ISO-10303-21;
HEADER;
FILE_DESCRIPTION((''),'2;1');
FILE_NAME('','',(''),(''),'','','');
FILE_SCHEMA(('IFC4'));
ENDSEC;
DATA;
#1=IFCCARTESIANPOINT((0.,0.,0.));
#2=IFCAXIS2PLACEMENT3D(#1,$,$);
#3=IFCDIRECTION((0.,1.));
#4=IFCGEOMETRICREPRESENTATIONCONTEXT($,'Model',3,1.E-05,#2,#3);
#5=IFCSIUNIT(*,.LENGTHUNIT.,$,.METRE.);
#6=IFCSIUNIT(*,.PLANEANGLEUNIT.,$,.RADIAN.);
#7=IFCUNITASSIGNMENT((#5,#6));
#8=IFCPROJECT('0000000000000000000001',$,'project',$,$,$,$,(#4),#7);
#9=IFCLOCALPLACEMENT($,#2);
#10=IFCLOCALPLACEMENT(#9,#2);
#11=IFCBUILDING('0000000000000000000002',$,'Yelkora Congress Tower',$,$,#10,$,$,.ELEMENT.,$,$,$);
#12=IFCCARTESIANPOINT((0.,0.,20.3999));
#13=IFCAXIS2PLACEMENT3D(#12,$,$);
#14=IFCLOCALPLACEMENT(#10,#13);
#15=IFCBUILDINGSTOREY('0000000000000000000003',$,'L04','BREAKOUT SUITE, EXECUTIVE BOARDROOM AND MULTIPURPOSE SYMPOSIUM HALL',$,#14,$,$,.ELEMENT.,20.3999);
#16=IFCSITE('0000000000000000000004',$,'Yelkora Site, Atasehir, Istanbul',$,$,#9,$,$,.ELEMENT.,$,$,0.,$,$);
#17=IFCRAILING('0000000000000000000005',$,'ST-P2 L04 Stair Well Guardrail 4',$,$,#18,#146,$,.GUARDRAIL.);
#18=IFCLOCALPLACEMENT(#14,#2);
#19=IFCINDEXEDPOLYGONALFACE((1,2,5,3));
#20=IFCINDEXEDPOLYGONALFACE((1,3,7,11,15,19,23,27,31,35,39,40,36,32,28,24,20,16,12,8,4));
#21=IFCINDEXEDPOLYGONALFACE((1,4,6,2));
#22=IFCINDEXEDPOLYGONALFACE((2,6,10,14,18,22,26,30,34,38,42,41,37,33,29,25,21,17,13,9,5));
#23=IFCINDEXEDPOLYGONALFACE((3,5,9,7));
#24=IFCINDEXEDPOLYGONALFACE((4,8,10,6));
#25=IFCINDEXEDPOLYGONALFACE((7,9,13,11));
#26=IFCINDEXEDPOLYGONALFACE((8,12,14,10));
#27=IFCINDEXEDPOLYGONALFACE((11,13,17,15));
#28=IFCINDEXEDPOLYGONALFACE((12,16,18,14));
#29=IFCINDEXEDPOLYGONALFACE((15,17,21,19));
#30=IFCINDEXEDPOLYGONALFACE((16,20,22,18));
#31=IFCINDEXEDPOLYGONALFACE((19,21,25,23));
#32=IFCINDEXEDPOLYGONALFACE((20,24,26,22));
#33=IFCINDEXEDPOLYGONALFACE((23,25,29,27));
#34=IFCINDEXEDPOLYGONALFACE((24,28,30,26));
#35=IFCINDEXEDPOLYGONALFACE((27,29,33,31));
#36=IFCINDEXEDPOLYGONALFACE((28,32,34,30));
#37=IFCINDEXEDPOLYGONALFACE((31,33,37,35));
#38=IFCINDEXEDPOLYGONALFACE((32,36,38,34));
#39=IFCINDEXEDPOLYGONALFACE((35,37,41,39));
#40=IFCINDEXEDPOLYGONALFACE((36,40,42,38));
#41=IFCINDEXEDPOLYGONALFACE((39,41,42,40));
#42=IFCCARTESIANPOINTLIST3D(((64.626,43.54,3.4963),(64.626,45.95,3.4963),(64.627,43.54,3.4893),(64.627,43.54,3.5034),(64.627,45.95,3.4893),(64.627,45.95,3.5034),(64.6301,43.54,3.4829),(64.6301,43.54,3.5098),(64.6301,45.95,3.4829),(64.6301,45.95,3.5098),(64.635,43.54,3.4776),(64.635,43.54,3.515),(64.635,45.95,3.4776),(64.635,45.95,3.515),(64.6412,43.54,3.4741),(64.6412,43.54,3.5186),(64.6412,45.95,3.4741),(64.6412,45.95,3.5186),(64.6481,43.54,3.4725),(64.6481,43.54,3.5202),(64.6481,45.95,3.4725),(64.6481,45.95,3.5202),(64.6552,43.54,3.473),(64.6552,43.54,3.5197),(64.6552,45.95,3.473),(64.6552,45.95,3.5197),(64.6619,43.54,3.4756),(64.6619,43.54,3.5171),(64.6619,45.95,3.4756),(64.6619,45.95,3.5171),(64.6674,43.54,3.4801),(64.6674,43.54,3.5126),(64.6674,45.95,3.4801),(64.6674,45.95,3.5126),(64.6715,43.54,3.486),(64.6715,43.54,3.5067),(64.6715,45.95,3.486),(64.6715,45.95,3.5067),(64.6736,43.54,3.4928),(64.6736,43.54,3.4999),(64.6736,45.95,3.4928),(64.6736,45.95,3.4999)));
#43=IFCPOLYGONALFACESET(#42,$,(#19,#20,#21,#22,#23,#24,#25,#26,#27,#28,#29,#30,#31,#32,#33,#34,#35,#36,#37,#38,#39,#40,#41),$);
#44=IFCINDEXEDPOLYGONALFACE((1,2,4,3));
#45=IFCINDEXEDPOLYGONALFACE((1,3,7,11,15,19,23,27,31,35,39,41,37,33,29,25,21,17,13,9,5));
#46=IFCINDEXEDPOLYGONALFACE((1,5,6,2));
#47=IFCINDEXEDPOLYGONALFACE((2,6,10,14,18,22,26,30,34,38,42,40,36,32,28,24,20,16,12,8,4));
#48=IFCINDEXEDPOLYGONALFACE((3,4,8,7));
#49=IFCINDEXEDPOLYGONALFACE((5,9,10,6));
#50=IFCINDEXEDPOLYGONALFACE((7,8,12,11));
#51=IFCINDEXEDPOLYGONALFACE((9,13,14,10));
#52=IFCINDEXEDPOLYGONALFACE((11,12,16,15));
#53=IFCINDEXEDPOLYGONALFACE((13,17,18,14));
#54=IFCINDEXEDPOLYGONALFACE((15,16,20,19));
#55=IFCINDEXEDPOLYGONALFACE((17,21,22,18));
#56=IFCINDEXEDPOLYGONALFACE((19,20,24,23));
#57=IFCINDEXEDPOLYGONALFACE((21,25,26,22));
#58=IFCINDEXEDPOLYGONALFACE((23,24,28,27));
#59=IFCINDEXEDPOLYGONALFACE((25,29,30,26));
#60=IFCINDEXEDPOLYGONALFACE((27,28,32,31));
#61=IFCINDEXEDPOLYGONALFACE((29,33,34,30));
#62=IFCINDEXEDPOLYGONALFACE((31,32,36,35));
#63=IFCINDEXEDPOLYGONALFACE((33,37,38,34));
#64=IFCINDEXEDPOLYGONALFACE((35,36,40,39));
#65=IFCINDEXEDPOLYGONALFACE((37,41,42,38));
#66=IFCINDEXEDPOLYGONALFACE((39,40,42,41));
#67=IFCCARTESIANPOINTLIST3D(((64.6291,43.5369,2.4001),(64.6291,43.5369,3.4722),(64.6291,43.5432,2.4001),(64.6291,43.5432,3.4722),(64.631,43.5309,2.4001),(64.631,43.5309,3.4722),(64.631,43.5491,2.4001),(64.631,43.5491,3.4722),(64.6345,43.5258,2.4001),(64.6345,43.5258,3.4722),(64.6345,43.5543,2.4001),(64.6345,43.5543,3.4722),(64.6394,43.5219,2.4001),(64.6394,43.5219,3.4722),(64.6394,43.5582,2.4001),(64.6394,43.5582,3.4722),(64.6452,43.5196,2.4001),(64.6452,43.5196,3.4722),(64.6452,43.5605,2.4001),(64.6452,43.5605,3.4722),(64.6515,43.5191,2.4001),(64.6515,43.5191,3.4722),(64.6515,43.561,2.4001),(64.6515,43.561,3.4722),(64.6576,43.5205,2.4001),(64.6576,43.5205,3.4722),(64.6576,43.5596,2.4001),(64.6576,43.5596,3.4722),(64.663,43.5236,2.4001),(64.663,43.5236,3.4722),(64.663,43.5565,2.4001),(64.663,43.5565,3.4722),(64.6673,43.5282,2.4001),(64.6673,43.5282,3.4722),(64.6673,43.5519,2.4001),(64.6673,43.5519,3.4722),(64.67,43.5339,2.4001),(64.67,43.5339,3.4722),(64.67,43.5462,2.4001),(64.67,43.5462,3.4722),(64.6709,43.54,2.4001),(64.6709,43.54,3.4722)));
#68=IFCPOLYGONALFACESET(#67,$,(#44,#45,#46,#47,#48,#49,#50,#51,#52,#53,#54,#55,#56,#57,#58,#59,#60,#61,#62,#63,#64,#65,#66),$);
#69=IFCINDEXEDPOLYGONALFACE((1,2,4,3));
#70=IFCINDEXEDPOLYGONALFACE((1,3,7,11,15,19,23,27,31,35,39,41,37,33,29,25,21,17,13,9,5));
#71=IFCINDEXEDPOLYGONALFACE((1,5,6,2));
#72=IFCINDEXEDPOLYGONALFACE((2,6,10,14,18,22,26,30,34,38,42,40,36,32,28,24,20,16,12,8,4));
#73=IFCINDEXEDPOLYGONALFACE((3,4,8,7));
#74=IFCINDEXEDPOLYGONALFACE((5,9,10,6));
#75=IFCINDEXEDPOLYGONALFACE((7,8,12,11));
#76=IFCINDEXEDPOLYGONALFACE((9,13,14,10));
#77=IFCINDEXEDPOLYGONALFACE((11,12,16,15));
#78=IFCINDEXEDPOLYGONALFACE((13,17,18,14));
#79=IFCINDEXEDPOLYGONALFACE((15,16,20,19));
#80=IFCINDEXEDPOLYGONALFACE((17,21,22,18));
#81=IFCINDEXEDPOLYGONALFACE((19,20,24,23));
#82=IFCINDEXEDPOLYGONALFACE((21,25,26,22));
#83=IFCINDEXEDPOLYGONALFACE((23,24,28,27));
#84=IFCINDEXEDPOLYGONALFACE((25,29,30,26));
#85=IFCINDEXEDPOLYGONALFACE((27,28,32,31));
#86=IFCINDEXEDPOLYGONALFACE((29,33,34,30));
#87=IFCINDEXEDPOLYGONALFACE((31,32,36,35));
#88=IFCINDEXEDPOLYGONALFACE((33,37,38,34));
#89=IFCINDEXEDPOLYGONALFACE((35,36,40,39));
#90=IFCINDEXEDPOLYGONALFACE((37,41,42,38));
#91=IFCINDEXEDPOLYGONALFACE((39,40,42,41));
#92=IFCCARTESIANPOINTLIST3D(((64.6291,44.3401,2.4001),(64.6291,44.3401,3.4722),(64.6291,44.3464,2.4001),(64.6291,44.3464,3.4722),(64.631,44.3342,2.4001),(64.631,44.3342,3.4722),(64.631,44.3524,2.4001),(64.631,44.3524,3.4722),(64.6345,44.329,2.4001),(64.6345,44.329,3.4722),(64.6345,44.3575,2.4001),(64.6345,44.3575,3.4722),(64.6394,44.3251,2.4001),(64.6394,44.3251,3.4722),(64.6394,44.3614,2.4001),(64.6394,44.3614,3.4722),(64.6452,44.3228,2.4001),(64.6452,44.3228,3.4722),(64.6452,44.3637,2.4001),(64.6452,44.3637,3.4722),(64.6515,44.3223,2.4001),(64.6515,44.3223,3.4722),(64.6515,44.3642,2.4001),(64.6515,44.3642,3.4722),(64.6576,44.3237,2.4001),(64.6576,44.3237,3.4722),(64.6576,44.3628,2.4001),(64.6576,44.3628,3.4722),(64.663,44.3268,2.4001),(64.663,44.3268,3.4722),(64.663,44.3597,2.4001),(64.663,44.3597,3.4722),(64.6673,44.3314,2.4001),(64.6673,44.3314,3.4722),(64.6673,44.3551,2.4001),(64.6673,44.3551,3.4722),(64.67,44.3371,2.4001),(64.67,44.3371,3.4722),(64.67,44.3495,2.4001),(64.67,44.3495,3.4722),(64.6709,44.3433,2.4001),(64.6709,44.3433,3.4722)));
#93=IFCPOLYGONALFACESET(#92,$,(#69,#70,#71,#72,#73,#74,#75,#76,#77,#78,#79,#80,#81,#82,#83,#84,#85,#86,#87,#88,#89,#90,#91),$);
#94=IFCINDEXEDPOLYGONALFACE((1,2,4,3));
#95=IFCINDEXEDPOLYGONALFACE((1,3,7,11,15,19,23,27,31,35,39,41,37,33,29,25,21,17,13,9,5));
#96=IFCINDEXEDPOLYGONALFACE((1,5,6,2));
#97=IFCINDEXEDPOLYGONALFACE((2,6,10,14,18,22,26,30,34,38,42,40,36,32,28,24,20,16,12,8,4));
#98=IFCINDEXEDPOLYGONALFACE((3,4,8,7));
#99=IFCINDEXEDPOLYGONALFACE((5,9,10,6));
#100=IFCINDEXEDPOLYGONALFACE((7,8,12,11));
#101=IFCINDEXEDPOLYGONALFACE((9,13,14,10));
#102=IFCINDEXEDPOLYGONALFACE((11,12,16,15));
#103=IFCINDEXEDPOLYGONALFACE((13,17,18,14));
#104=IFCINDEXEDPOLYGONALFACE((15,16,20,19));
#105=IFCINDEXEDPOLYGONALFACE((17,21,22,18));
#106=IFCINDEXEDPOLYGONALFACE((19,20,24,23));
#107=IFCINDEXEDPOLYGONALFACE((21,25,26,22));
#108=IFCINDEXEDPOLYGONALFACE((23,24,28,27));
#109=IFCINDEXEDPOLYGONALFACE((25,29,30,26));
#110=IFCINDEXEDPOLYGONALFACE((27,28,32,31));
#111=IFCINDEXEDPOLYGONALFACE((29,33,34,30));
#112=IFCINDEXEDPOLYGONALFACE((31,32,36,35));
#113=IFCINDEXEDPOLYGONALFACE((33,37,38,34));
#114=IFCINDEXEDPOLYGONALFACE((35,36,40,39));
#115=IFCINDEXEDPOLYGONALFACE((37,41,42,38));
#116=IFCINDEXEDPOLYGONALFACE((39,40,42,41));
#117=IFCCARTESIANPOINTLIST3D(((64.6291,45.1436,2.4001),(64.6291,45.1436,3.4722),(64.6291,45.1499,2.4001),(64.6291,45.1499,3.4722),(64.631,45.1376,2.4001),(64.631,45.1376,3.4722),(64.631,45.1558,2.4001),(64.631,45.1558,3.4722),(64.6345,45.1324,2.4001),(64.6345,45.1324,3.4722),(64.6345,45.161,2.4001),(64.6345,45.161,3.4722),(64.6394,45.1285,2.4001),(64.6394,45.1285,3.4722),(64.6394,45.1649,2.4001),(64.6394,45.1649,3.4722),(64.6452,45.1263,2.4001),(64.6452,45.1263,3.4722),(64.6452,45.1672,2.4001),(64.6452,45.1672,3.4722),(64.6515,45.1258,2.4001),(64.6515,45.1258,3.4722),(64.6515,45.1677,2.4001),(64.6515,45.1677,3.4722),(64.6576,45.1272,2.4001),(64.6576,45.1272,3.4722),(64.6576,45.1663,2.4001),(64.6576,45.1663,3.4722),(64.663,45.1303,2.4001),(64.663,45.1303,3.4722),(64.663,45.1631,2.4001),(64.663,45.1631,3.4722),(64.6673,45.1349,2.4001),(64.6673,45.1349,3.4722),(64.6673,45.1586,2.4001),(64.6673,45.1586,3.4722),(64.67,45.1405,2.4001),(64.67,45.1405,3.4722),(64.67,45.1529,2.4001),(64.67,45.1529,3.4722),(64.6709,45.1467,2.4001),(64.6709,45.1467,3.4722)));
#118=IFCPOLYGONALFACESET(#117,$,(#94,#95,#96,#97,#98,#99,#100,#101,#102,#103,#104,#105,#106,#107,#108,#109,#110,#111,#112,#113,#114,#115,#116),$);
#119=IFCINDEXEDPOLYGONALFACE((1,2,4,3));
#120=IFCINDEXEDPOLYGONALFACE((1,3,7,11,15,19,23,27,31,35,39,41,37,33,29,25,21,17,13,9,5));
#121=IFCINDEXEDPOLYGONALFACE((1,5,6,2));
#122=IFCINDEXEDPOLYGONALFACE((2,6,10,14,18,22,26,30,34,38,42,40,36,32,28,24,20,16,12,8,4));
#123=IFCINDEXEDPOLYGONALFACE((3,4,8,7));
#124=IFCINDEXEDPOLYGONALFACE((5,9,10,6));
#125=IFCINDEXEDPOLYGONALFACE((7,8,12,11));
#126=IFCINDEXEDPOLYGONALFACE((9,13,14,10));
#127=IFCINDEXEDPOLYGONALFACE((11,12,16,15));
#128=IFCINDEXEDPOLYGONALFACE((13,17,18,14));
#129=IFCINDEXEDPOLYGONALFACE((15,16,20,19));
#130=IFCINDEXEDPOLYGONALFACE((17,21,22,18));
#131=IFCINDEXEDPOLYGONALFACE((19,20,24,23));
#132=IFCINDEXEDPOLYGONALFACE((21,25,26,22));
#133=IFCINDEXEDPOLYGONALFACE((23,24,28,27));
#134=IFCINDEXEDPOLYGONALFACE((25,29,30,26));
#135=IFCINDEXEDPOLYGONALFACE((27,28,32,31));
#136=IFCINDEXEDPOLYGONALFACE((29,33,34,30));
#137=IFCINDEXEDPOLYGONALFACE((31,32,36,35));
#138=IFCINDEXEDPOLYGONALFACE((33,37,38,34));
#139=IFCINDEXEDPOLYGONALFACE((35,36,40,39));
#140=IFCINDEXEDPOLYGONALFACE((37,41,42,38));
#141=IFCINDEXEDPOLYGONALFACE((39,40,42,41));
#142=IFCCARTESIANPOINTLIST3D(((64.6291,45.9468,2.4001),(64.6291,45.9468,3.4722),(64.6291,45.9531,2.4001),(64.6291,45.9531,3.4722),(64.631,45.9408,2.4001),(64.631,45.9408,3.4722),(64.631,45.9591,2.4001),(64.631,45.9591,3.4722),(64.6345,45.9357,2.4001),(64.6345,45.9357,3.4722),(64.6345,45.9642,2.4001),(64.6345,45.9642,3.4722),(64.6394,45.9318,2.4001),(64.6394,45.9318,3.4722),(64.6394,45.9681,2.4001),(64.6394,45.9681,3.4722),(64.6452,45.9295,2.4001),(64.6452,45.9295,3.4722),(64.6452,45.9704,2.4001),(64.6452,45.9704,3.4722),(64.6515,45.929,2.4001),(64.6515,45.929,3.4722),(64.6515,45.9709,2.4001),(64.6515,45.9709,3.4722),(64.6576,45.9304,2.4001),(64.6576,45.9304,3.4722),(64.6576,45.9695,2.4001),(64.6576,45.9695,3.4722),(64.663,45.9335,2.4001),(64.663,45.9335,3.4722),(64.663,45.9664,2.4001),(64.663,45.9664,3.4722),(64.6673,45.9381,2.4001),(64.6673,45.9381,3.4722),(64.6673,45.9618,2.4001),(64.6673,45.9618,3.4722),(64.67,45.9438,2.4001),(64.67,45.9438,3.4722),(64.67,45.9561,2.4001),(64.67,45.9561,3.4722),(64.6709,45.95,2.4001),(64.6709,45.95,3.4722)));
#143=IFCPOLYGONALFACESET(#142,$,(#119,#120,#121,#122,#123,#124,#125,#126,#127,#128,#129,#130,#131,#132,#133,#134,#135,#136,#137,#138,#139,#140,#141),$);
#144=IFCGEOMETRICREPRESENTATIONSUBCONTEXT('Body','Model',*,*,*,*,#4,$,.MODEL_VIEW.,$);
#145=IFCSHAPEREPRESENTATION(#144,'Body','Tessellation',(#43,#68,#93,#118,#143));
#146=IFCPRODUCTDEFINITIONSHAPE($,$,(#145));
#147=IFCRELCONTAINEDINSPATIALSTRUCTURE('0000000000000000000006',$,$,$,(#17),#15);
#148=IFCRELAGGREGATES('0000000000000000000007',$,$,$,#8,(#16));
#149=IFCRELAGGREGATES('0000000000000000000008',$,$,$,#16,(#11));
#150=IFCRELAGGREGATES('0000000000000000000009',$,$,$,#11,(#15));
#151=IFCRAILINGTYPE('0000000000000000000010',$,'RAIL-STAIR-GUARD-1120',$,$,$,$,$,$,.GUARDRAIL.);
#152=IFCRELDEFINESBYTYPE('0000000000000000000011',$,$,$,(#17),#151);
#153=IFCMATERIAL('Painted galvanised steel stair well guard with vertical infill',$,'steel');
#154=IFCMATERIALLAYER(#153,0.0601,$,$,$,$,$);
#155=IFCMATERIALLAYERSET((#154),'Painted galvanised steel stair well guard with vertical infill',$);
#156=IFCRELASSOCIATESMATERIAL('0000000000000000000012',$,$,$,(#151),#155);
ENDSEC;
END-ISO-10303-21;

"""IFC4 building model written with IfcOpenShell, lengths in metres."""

from ifc_helpers import new_model, si_unit, direction, frame, origin, origin_2d, place, context, subcontext, project, spatial, circle, extrude, material, layer, layer_set, type_object, element, save


model = new_model("IFC4")

# Units and contexts
model_context = context("Model", 3, precision=1e-05, world=origin(), true_north=direction((0.0, 1.0)))
body_context = subcontext(model_context, "Body", "Model", "MODEL_VIEW")
ifc_project = project(units=[si_unit("LENGTHUNIT", "METRE"), si_unit("PLANEANGLEUNIT", "RADIAN")], contexts=[model_context])

# Site, building, storey
site_placement = place(None, origin())
site = spatial("IfcSite", under=ifc_project, at=site_placement, Name="Yelkora Site, Atasehir, Istanbul", CompositionType="ELEMENT", RefElevation=0.0)
building_placement = place(site_placement, origin())
building = spatial("IfcBuilding", under=site, at=building_placement, Name="Yelkora Congress Tower", CompositionType="ELEMENT")
storey_placement = place(building_placement, frame((0.0, 0.0, 20.3999)))
storey = spatial("IfcBuildingStorey", under=building, at=storey_placement, Name="L04", Description="BREAKOUT SUITE, EXECUTIVE BOARDROOM AND MULTIPURPOSE SYMPOSIUM HALL", CompositionType="ELEMENT", Elevation=20.3999)

# Railing
ifc_material_1 = material(Name="Painted galvanised steel stair well guard with vertical infill", Category="steel")
ifc_layer_1 = layer(ifc_material_1, 0.0601)
ifc_layer_set_1 = layer_set([ifc_layer_1], Name="Painted galvanised steel stair well guard with vertical infill")
railing_type_1 = type_object("IfcRailingType", Name="RAIL-STAIR-GUARD-1120", PredefinedType="GUARDRAIL", material=ifc_layer_set_1)
railing_1_placement = place(storey_placement, frame((64.6499, 43.54, 2.4001)))
element("IfcRailing", 1, at=railing_1_placement, inside=storey, type_object=railing_type_1, Name="ST-P2 L04 Stair Well Guardrail 4", PredefinedType="GUARDRAIL", context=body_context, shape_type="SweptSolid", body=[
    extrude(circle(Radius=0.0239, at=origin_2d()), frame((0.0, 0.0, 1.0962), z_axis=(0.0, 1.0, 0.0), x_axis=(-1.0, 0.0, 0.0)), (0.0, 0.0, 1.0), 2.4099),
    extrude(circle(Radius=0.021, at=origin_2d()), origin(), (0.0, 0.0, 1.0), 1.072),
    extrude(circle(Radius=0.021, at=origin_2d()), frame((0.0, 0.8032, 0.0)), (0.0, 0.0, 1.0), 1.072),
    extrude(circle(Radius=0.021, at=origin_2d()), frame((0.0, 1.6067, 0.0)), (0.0, 0.0, 1.0), 1.072),
    extrude(circle(Radius=0.021, at=origin_2d()), frame((0.0, 2.4099, 0.0)), (0.0, 0.0, 1.0), 1.072),
])

save(model, "model.ifc")
